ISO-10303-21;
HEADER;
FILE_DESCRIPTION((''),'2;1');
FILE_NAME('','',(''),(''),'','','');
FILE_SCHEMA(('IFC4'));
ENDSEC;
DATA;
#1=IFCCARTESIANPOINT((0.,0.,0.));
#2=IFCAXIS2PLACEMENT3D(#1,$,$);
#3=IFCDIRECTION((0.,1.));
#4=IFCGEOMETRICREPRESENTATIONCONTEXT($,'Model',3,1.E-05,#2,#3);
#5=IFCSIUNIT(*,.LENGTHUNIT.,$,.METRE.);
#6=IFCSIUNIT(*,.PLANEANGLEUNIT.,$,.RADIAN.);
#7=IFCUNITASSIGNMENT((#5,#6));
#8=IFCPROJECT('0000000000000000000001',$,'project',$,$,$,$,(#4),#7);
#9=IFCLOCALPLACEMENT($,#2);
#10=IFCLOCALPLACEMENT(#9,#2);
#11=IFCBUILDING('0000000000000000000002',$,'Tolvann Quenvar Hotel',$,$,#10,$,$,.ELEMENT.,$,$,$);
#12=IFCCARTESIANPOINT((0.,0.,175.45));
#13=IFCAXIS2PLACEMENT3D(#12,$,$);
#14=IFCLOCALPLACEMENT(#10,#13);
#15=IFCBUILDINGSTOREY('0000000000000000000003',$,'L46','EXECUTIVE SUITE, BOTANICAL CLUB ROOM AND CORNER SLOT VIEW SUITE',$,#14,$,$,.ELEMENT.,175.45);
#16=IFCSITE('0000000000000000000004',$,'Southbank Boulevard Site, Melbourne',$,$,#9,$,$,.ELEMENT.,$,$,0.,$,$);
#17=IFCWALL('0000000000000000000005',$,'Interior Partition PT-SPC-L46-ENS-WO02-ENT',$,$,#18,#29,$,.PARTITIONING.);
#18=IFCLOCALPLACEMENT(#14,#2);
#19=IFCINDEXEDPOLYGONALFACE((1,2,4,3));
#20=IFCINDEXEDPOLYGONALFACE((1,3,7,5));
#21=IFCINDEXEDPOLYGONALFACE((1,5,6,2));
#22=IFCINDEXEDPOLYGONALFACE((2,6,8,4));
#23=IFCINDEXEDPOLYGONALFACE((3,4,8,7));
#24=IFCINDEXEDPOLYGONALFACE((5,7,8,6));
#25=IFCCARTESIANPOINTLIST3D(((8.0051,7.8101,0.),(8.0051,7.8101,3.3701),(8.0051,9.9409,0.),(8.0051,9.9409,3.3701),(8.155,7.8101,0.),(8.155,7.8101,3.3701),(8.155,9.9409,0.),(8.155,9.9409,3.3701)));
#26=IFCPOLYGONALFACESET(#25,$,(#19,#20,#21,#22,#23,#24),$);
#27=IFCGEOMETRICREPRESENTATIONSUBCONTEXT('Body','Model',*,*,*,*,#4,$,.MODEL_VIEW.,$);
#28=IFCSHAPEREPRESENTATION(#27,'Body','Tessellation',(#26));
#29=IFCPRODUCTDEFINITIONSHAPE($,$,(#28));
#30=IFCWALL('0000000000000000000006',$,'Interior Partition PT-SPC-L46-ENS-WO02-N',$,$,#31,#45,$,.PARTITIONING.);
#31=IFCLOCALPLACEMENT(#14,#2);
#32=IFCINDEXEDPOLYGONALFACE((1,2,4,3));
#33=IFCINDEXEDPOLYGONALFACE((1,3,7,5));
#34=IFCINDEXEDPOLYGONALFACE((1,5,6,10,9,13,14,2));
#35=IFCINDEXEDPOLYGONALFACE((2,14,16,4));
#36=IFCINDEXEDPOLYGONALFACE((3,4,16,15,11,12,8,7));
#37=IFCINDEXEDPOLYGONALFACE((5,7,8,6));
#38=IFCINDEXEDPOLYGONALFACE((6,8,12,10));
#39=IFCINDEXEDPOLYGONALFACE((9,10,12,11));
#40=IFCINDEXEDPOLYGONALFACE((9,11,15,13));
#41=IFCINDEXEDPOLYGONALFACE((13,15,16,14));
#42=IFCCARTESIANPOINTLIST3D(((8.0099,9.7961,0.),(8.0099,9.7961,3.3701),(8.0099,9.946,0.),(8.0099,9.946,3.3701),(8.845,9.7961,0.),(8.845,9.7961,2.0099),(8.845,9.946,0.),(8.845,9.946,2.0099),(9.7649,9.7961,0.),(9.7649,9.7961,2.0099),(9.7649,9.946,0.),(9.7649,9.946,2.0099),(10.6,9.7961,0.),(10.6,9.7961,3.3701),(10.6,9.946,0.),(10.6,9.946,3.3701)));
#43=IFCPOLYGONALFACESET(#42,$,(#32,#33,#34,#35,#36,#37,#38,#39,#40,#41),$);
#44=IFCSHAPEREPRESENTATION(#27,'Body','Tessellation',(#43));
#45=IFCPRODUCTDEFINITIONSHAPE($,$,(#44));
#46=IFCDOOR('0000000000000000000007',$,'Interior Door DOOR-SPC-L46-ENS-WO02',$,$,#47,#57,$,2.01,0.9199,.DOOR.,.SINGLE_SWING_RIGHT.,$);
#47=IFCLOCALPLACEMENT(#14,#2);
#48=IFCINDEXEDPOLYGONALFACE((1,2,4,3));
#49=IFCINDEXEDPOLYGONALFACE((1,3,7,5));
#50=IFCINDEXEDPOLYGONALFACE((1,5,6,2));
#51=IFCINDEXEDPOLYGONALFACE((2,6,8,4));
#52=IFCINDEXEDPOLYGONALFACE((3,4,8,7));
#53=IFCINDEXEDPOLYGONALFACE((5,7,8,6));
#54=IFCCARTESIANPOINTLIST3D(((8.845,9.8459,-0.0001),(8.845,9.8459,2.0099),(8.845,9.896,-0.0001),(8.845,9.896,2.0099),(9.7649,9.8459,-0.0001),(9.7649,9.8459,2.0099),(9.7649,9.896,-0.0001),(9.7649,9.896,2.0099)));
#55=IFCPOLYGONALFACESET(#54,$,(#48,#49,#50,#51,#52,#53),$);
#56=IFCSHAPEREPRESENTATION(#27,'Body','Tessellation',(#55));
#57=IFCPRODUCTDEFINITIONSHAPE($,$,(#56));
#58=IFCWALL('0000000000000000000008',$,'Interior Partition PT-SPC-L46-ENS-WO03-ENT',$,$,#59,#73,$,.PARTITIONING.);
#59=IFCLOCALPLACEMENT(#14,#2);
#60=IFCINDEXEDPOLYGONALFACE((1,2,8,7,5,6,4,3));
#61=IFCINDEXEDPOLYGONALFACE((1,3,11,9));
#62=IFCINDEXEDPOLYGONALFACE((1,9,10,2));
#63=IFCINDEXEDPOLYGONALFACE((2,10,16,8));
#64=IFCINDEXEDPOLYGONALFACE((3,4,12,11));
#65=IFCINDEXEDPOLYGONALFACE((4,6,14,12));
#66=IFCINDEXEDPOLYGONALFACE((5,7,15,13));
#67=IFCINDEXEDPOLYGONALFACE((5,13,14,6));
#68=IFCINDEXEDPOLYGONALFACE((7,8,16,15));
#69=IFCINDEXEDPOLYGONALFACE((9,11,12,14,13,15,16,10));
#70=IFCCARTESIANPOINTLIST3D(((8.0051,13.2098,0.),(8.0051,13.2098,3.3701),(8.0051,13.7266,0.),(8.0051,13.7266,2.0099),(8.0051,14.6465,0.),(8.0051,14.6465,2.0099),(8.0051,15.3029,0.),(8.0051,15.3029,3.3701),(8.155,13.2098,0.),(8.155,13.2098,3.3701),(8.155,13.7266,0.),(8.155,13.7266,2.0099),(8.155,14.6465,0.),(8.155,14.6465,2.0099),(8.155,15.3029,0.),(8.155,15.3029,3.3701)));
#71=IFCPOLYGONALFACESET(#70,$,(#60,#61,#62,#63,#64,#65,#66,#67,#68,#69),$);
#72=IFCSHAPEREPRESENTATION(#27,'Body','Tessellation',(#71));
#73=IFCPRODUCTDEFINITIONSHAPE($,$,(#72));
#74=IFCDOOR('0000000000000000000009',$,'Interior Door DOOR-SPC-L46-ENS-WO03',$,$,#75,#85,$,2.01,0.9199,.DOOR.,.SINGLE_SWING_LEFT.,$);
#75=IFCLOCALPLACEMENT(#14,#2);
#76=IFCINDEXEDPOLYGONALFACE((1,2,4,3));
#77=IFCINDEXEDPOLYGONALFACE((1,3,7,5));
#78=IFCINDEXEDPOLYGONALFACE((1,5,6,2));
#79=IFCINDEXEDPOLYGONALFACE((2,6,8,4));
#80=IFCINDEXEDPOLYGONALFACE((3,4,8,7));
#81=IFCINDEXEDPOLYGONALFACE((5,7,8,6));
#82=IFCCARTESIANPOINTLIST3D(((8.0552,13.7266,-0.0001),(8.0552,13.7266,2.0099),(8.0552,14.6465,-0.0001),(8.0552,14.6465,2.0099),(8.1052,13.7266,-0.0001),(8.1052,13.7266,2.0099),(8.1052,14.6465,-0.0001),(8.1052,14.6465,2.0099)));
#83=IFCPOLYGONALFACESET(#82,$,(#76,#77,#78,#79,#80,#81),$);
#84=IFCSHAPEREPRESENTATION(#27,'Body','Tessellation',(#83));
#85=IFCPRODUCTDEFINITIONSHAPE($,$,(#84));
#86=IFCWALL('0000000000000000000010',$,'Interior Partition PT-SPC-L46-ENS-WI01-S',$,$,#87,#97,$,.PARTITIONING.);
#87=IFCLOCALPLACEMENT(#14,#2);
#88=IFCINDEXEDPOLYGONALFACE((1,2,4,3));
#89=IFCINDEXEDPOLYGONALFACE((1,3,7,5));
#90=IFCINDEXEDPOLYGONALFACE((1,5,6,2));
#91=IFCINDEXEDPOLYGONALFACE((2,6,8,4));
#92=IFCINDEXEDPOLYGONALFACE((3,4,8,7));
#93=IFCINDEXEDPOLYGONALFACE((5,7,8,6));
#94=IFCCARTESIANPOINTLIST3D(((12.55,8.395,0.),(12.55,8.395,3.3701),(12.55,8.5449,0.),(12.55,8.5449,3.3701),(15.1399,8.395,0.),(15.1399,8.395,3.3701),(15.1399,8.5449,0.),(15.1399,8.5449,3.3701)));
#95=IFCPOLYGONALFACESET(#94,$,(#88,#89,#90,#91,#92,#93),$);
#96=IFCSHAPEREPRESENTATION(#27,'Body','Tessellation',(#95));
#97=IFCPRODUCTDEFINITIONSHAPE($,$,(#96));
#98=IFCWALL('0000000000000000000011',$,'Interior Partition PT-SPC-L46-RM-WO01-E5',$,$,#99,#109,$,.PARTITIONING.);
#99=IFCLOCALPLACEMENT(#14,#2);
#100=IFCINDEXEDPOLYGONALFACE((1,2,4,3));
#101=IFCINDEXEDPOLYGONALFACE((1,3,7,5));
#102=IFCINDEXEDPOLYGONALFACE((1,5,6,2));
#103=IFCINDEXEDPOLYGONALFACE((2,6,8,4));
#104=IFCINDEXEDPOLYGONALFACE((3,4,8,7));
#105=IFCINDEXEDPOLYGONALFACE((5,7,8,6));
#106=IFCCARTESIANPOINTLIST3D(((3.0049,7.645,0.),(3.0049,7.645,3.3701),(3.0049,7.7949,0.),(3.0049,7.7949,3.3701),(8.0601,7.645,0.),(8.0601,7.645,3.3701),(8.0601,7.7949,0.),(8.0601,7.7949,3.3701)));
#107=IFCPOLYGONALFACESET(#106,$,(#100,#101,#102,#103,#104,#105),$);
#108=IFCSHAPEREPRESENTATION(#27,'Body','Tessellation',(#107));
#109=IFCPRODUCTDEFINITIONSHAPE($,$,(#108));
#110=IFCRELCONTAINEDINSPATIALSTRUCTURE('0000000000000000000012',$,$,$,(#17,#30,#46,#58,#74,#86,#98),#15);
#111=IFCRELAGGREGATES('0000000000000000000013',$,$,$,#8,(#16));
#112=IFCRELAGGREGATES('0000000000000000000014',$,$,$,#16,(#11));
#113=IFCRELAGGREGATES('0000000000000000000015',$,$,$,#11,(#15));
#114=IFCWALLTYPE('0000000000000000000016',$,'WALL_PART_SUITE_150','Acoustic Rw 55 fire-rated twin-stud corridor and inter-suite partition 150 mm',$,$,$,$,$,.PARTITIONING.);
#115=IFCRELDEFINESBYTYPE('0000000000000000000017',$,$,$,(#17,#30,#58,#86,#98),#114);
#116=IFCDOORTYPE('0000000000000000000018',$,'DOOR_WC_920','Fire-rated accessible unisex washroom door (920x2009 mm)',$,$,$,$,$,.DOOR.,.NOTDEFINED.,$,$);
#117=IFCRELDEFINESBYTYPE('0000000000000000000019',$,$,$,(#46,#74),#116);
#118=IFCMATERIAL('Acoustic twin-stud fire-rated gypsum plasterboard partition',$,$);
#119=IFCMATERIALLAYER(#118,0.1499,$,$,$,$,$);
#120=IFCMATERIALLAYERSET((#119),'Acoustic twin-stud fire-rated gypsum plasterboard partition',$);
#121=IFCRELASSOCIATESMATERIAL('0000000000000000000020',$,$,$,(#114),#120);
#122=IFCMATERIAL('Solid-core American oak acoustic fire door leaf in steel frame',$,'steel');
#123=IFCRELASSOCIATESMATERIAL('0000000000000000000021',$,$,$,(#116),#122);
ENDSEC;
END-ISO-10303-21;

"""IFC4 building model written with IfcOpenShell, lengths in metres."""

from ifc_helpers import new_model, si_unit, direction, frame, frame_2d, origin, place, context, subcontext, project, spatial, rectangle, extrude, source, transform, mapped, material, layer, layer_set, type_object, type_shapes, element, fill, save


model = new_model("IFC4")

# Units and contexts
model_context = context("Model", 3, precision=1e-05, world=origin(), true_north=direction((0.0, 1.0)))
body_context = subcontext(model_context, "Body", "Model", "MODEL_VIEW")
ifc_project = project(units=[si_unit("LENGTHUNIT", "METRE"), si_unit("PLANEANGLEUNIT", "RADIAN")], contexts=[model_context])

# Site, building, storey
site_placement = place(None, origin())
site = spatial("IfcSite", under=ifc_project, at=site_placement, Name="Southbank Boulevard Site, Melbourne", CompositionType="ELEMENT", RefElevation=0.0)
building_placement = place(site_placement, origin())
building = spatial("IfcBuilding", under=site, at=building_placement, Name="Tolvann Quenvar Hotel", CompositionType="ELEMENT")
storey_placement = place(building_placement, frame((0.0, 0.0, 175.45)))
storey = spatial("IfcBuildingStorey", under=building, at=storey_placement, Name="L46", Description="EXECUTIVE SUITE, BOTANICAL CLUB ROOM AND CORNER SLOT VIEW SUITE", CompositionType="ELEMENT", Elevation=175.45)

# Shared definitions
ifc_material_1 = material(Name="Acoustic twin-stud fire-rated gypsum plasterboard partition")
ifc_layer_1 = layer(ifc_material_1, 0.1499)
ifc_layer_set_1 = layer_set([ifc_layer_1], Name="Acoustic twin-stud fire-rated gypsum plasterboard partition")
wall_type_1 = type_object("IfcWallType", Name="WALL_PART_SUITE_150", Description="Acoustic Rw 55 fire-rated twin-stud corridor and inter-suite partition 150 mm", PredefinedType="PARTITIONING", material=ifc_layer_set_1)
ifc_material_2 = material(Name="Solid-core American oak acoustic fire door leaf in steel frame", Category="steel")
door_type_1 = type_object("IfcDoorType", Name="DOOR_WC_920", Description="Fire-rated accessible unisex washroom door (920x2009 mm)", OperationType="NOTDEFINED", PredefinedType="DOOR", material=ifc_material_2)
shared_shape_1 = source(origin(), body_context, "Body", "SweptSolid", [
    extrude(rectangle(XDim=0.9199, YDim=2.01, at=frame_2d((0.46, 1.0049))), frame((0.0, 0.0249, 0.0), z_axis=(0.0, -1.0, 0.0), x_axis=(1.0, 0.0, 0.0)), (0.0, 0.0, 1.0), 0.05),
])
type_shapes(door_type_1, [shared_shape_1])

# Wall
wall_1_placement = place(storey_placement, frame((8.0801, 7.8101, 0.0), z_axis=(0.0, 0.0, 1.0), x_axis=(0.0, 1.0, 0.0)))
element("IfcWall", 1, at=wall_1_placement, inside=storey, type_object=wall_type_1, Name="Interior Partition PT-SPC-L46-ENS-WO02-ENT", PredefinedType="PARTITIONING", context=body_context, shape_type="SweptSolid", body=[
    extrude(rectangle(XDim=2.1309, YDim=0.1499, at=frame_2d((1.0654, 0.0))), origin(), (0.0, 0.0, 1.0), 3.3701),
])

# Walls, openings, doors
wall_2_placement = place(storey_placement, frame((8.01, 9.8711, 0.0), z_axis=(0.0, 0.0, 1.0), x_axis=(1.0, 0.0, 0.0)))
wall_2 = element("IfcWall", 2, at=wall_2_placement, inside=storey, type_object=wall_type_1, Name="Interior Partition PT-SPC-L46-ENS-WO02-N", PredefinedType="PARTITIONING", context=body_context, shape_type="SweptSolid", body=[
    extrude(rectangle(XDim=2.5901, YDim=0.1499, at=frame_2d((1.2949, 0.0))), origin(), (0.0, 0.0, 1.0), 3.3701),
])
opening_1_placement = place(wall_2_placement, frame((0.835, 0.0, 0.0)))
opening_1 = element("IfcOpeningElement", 3, at=opening_1_placement, cuts=wall_2, PredefinedType="OPENING", context=body_context, shape_type="SweptSolid", body=[
    extrude(rectangle(XDim=0.9199, YDim=2.01, at=frame_2d((0.46, 1.0049))), frame((0.0, 0.085, 0.0), z_axis=(0.0, -1.0, 0.0), x_axis=(1.0, 0.0, 0.0)), (0.0, 0.0, 1.0), 0.1699),
])
door_1_placement = place(opening_1_placement, origin())
door_1 = element("IfcDoor", 4, at=door_1_placement, inside=storey, type_object=door_type_1, Name="Interior Door DOOR-SPC-L46-ENS-WO02", OperationType="SINGLE_SWING_RIGHT", OverallHeight=2.01, OverallWidth=0.9199, PredefinedType="DOOR", context=body_context, shape_type="MappedRepresentation", body=[
    mapped(shared_shape_1, transform((0.0, 0.0, 0.0), x_axis=(1.0, 0.0, 0.0), y_axis=(0.0, 1.0, 0.0), z_axis=(0.0, 0.0, 1.0), scale=1.0)),
])
fill(opening_1, door_1)
wall_3_placement = place(storey_placement, frame((8.0801, 13.21, 0.0), z_axis=(0.0, 0.0, 1.0), x_axis=(0.0, 1.0, 0.0)))
wall_3 = element("IfcWall", 5, at=wall_3_placement, inside=storey, type_object=wall_type_1, Name="Interior Partition PT-SPC-L46-ENS-WO03-ENT", PredefinedType="PARTITIONING", context=body_context, shape_type="SweptSolid", body=[
    extrude(rectangle(XDim=2.093, YDim=0.1499, at=frame_2d((1.0464, 0.0))), origin(), (0.0, 0.0, 1.0), 3.3701),
])
opening_2_placement = place(wall_3_placement, frame((0.5166, 0.0, 0.0)))
opening_2 = element("IfcOpeningElement", 6, at=opening_2_placement, cuts=wall_3, PredefinedType="OPENING", context=body_context, shape_type="SweptSolid", body=[
    extrude(rectangle(XDim=0.9199, YDim=2.01, at=frame_2d((0.46, 1.0049))), frame((0.0, 0.085, 0.0), z_axis=(0.0, -1.0, 0.0), x_axis=(1.0, 0.0, 0.0)), (0.0, 0.0, 1.0), 0.1699),
])
door_2_placement = place(opening_2_placement, origin())
door_2 = element("IfcDoor", 7, at=door_2_placement, inside=storey, type_object=door_type_1, Name="Interior Door DOOR-SPC-L46-ENS-WO03", OperationType="SINGLE_SWING_LEFT", OverallHeight=2.01, OverallWidth=0.9199, PredefinedType="DOOR", context=body_context, shape_type="MappedRepresentation", body=[
    mapped(shared_shape_1, transform((0.0, 0.0, 0.0), x_axis=(1.0, 0.0, 0.0), y_axis=(0.0, 1.0, 0.0), z_axis=(0.0, 0.0, 1.0), scale=1.0)),
])
fill(opening_2, door_2)

# Walls
wall_4_placement = place(storey_placement, frame((12.55, 8.47, 0.0), z_axis=(0.0, 0.0, 1.0), x_axis=(1.0, 0.0, 0.0)))
element("IfcWall", 8, at=wall_4_placement, inside=storey, type_object=wall_type_1, Name="Interior Partition PT-SPC-L46-ENS-WI01-S", PredefinedType="PARTITIONING", context=body_context, shape_type="SweptSolid", body=[
    extrude(rectangle(XDim=2.5898, YDim=0.1499, at=frame_2d((1.2949, 0.0))), origin(), (0.0, 0.0, 1.0), 3.3701),
])
wall_5_placement = place(storey_placement, frame((3.0049, 7.72, 0.0), z_axis=(0.0, 0.0, 1.0), x_axis=(1.0, 0.0, 0.0)))
element("IfcWall", 9, at=wall_5_placement, inside=storey, type_object=wall_type_1, Name="Interior Partition PT-SPC-L46-RM-WO01-E5", PredefinedType="PARTITIONING", context=body_context, shape_type="SweptSolid", body=[
    extrude(rectangle(XDim=5.0552, YDim=0.1499, at=frame_2d((2.5276, 0.0))), origin(), (0.0, 0.0, 1.0), 3.3701),
])

save(model, "model.ifc")
